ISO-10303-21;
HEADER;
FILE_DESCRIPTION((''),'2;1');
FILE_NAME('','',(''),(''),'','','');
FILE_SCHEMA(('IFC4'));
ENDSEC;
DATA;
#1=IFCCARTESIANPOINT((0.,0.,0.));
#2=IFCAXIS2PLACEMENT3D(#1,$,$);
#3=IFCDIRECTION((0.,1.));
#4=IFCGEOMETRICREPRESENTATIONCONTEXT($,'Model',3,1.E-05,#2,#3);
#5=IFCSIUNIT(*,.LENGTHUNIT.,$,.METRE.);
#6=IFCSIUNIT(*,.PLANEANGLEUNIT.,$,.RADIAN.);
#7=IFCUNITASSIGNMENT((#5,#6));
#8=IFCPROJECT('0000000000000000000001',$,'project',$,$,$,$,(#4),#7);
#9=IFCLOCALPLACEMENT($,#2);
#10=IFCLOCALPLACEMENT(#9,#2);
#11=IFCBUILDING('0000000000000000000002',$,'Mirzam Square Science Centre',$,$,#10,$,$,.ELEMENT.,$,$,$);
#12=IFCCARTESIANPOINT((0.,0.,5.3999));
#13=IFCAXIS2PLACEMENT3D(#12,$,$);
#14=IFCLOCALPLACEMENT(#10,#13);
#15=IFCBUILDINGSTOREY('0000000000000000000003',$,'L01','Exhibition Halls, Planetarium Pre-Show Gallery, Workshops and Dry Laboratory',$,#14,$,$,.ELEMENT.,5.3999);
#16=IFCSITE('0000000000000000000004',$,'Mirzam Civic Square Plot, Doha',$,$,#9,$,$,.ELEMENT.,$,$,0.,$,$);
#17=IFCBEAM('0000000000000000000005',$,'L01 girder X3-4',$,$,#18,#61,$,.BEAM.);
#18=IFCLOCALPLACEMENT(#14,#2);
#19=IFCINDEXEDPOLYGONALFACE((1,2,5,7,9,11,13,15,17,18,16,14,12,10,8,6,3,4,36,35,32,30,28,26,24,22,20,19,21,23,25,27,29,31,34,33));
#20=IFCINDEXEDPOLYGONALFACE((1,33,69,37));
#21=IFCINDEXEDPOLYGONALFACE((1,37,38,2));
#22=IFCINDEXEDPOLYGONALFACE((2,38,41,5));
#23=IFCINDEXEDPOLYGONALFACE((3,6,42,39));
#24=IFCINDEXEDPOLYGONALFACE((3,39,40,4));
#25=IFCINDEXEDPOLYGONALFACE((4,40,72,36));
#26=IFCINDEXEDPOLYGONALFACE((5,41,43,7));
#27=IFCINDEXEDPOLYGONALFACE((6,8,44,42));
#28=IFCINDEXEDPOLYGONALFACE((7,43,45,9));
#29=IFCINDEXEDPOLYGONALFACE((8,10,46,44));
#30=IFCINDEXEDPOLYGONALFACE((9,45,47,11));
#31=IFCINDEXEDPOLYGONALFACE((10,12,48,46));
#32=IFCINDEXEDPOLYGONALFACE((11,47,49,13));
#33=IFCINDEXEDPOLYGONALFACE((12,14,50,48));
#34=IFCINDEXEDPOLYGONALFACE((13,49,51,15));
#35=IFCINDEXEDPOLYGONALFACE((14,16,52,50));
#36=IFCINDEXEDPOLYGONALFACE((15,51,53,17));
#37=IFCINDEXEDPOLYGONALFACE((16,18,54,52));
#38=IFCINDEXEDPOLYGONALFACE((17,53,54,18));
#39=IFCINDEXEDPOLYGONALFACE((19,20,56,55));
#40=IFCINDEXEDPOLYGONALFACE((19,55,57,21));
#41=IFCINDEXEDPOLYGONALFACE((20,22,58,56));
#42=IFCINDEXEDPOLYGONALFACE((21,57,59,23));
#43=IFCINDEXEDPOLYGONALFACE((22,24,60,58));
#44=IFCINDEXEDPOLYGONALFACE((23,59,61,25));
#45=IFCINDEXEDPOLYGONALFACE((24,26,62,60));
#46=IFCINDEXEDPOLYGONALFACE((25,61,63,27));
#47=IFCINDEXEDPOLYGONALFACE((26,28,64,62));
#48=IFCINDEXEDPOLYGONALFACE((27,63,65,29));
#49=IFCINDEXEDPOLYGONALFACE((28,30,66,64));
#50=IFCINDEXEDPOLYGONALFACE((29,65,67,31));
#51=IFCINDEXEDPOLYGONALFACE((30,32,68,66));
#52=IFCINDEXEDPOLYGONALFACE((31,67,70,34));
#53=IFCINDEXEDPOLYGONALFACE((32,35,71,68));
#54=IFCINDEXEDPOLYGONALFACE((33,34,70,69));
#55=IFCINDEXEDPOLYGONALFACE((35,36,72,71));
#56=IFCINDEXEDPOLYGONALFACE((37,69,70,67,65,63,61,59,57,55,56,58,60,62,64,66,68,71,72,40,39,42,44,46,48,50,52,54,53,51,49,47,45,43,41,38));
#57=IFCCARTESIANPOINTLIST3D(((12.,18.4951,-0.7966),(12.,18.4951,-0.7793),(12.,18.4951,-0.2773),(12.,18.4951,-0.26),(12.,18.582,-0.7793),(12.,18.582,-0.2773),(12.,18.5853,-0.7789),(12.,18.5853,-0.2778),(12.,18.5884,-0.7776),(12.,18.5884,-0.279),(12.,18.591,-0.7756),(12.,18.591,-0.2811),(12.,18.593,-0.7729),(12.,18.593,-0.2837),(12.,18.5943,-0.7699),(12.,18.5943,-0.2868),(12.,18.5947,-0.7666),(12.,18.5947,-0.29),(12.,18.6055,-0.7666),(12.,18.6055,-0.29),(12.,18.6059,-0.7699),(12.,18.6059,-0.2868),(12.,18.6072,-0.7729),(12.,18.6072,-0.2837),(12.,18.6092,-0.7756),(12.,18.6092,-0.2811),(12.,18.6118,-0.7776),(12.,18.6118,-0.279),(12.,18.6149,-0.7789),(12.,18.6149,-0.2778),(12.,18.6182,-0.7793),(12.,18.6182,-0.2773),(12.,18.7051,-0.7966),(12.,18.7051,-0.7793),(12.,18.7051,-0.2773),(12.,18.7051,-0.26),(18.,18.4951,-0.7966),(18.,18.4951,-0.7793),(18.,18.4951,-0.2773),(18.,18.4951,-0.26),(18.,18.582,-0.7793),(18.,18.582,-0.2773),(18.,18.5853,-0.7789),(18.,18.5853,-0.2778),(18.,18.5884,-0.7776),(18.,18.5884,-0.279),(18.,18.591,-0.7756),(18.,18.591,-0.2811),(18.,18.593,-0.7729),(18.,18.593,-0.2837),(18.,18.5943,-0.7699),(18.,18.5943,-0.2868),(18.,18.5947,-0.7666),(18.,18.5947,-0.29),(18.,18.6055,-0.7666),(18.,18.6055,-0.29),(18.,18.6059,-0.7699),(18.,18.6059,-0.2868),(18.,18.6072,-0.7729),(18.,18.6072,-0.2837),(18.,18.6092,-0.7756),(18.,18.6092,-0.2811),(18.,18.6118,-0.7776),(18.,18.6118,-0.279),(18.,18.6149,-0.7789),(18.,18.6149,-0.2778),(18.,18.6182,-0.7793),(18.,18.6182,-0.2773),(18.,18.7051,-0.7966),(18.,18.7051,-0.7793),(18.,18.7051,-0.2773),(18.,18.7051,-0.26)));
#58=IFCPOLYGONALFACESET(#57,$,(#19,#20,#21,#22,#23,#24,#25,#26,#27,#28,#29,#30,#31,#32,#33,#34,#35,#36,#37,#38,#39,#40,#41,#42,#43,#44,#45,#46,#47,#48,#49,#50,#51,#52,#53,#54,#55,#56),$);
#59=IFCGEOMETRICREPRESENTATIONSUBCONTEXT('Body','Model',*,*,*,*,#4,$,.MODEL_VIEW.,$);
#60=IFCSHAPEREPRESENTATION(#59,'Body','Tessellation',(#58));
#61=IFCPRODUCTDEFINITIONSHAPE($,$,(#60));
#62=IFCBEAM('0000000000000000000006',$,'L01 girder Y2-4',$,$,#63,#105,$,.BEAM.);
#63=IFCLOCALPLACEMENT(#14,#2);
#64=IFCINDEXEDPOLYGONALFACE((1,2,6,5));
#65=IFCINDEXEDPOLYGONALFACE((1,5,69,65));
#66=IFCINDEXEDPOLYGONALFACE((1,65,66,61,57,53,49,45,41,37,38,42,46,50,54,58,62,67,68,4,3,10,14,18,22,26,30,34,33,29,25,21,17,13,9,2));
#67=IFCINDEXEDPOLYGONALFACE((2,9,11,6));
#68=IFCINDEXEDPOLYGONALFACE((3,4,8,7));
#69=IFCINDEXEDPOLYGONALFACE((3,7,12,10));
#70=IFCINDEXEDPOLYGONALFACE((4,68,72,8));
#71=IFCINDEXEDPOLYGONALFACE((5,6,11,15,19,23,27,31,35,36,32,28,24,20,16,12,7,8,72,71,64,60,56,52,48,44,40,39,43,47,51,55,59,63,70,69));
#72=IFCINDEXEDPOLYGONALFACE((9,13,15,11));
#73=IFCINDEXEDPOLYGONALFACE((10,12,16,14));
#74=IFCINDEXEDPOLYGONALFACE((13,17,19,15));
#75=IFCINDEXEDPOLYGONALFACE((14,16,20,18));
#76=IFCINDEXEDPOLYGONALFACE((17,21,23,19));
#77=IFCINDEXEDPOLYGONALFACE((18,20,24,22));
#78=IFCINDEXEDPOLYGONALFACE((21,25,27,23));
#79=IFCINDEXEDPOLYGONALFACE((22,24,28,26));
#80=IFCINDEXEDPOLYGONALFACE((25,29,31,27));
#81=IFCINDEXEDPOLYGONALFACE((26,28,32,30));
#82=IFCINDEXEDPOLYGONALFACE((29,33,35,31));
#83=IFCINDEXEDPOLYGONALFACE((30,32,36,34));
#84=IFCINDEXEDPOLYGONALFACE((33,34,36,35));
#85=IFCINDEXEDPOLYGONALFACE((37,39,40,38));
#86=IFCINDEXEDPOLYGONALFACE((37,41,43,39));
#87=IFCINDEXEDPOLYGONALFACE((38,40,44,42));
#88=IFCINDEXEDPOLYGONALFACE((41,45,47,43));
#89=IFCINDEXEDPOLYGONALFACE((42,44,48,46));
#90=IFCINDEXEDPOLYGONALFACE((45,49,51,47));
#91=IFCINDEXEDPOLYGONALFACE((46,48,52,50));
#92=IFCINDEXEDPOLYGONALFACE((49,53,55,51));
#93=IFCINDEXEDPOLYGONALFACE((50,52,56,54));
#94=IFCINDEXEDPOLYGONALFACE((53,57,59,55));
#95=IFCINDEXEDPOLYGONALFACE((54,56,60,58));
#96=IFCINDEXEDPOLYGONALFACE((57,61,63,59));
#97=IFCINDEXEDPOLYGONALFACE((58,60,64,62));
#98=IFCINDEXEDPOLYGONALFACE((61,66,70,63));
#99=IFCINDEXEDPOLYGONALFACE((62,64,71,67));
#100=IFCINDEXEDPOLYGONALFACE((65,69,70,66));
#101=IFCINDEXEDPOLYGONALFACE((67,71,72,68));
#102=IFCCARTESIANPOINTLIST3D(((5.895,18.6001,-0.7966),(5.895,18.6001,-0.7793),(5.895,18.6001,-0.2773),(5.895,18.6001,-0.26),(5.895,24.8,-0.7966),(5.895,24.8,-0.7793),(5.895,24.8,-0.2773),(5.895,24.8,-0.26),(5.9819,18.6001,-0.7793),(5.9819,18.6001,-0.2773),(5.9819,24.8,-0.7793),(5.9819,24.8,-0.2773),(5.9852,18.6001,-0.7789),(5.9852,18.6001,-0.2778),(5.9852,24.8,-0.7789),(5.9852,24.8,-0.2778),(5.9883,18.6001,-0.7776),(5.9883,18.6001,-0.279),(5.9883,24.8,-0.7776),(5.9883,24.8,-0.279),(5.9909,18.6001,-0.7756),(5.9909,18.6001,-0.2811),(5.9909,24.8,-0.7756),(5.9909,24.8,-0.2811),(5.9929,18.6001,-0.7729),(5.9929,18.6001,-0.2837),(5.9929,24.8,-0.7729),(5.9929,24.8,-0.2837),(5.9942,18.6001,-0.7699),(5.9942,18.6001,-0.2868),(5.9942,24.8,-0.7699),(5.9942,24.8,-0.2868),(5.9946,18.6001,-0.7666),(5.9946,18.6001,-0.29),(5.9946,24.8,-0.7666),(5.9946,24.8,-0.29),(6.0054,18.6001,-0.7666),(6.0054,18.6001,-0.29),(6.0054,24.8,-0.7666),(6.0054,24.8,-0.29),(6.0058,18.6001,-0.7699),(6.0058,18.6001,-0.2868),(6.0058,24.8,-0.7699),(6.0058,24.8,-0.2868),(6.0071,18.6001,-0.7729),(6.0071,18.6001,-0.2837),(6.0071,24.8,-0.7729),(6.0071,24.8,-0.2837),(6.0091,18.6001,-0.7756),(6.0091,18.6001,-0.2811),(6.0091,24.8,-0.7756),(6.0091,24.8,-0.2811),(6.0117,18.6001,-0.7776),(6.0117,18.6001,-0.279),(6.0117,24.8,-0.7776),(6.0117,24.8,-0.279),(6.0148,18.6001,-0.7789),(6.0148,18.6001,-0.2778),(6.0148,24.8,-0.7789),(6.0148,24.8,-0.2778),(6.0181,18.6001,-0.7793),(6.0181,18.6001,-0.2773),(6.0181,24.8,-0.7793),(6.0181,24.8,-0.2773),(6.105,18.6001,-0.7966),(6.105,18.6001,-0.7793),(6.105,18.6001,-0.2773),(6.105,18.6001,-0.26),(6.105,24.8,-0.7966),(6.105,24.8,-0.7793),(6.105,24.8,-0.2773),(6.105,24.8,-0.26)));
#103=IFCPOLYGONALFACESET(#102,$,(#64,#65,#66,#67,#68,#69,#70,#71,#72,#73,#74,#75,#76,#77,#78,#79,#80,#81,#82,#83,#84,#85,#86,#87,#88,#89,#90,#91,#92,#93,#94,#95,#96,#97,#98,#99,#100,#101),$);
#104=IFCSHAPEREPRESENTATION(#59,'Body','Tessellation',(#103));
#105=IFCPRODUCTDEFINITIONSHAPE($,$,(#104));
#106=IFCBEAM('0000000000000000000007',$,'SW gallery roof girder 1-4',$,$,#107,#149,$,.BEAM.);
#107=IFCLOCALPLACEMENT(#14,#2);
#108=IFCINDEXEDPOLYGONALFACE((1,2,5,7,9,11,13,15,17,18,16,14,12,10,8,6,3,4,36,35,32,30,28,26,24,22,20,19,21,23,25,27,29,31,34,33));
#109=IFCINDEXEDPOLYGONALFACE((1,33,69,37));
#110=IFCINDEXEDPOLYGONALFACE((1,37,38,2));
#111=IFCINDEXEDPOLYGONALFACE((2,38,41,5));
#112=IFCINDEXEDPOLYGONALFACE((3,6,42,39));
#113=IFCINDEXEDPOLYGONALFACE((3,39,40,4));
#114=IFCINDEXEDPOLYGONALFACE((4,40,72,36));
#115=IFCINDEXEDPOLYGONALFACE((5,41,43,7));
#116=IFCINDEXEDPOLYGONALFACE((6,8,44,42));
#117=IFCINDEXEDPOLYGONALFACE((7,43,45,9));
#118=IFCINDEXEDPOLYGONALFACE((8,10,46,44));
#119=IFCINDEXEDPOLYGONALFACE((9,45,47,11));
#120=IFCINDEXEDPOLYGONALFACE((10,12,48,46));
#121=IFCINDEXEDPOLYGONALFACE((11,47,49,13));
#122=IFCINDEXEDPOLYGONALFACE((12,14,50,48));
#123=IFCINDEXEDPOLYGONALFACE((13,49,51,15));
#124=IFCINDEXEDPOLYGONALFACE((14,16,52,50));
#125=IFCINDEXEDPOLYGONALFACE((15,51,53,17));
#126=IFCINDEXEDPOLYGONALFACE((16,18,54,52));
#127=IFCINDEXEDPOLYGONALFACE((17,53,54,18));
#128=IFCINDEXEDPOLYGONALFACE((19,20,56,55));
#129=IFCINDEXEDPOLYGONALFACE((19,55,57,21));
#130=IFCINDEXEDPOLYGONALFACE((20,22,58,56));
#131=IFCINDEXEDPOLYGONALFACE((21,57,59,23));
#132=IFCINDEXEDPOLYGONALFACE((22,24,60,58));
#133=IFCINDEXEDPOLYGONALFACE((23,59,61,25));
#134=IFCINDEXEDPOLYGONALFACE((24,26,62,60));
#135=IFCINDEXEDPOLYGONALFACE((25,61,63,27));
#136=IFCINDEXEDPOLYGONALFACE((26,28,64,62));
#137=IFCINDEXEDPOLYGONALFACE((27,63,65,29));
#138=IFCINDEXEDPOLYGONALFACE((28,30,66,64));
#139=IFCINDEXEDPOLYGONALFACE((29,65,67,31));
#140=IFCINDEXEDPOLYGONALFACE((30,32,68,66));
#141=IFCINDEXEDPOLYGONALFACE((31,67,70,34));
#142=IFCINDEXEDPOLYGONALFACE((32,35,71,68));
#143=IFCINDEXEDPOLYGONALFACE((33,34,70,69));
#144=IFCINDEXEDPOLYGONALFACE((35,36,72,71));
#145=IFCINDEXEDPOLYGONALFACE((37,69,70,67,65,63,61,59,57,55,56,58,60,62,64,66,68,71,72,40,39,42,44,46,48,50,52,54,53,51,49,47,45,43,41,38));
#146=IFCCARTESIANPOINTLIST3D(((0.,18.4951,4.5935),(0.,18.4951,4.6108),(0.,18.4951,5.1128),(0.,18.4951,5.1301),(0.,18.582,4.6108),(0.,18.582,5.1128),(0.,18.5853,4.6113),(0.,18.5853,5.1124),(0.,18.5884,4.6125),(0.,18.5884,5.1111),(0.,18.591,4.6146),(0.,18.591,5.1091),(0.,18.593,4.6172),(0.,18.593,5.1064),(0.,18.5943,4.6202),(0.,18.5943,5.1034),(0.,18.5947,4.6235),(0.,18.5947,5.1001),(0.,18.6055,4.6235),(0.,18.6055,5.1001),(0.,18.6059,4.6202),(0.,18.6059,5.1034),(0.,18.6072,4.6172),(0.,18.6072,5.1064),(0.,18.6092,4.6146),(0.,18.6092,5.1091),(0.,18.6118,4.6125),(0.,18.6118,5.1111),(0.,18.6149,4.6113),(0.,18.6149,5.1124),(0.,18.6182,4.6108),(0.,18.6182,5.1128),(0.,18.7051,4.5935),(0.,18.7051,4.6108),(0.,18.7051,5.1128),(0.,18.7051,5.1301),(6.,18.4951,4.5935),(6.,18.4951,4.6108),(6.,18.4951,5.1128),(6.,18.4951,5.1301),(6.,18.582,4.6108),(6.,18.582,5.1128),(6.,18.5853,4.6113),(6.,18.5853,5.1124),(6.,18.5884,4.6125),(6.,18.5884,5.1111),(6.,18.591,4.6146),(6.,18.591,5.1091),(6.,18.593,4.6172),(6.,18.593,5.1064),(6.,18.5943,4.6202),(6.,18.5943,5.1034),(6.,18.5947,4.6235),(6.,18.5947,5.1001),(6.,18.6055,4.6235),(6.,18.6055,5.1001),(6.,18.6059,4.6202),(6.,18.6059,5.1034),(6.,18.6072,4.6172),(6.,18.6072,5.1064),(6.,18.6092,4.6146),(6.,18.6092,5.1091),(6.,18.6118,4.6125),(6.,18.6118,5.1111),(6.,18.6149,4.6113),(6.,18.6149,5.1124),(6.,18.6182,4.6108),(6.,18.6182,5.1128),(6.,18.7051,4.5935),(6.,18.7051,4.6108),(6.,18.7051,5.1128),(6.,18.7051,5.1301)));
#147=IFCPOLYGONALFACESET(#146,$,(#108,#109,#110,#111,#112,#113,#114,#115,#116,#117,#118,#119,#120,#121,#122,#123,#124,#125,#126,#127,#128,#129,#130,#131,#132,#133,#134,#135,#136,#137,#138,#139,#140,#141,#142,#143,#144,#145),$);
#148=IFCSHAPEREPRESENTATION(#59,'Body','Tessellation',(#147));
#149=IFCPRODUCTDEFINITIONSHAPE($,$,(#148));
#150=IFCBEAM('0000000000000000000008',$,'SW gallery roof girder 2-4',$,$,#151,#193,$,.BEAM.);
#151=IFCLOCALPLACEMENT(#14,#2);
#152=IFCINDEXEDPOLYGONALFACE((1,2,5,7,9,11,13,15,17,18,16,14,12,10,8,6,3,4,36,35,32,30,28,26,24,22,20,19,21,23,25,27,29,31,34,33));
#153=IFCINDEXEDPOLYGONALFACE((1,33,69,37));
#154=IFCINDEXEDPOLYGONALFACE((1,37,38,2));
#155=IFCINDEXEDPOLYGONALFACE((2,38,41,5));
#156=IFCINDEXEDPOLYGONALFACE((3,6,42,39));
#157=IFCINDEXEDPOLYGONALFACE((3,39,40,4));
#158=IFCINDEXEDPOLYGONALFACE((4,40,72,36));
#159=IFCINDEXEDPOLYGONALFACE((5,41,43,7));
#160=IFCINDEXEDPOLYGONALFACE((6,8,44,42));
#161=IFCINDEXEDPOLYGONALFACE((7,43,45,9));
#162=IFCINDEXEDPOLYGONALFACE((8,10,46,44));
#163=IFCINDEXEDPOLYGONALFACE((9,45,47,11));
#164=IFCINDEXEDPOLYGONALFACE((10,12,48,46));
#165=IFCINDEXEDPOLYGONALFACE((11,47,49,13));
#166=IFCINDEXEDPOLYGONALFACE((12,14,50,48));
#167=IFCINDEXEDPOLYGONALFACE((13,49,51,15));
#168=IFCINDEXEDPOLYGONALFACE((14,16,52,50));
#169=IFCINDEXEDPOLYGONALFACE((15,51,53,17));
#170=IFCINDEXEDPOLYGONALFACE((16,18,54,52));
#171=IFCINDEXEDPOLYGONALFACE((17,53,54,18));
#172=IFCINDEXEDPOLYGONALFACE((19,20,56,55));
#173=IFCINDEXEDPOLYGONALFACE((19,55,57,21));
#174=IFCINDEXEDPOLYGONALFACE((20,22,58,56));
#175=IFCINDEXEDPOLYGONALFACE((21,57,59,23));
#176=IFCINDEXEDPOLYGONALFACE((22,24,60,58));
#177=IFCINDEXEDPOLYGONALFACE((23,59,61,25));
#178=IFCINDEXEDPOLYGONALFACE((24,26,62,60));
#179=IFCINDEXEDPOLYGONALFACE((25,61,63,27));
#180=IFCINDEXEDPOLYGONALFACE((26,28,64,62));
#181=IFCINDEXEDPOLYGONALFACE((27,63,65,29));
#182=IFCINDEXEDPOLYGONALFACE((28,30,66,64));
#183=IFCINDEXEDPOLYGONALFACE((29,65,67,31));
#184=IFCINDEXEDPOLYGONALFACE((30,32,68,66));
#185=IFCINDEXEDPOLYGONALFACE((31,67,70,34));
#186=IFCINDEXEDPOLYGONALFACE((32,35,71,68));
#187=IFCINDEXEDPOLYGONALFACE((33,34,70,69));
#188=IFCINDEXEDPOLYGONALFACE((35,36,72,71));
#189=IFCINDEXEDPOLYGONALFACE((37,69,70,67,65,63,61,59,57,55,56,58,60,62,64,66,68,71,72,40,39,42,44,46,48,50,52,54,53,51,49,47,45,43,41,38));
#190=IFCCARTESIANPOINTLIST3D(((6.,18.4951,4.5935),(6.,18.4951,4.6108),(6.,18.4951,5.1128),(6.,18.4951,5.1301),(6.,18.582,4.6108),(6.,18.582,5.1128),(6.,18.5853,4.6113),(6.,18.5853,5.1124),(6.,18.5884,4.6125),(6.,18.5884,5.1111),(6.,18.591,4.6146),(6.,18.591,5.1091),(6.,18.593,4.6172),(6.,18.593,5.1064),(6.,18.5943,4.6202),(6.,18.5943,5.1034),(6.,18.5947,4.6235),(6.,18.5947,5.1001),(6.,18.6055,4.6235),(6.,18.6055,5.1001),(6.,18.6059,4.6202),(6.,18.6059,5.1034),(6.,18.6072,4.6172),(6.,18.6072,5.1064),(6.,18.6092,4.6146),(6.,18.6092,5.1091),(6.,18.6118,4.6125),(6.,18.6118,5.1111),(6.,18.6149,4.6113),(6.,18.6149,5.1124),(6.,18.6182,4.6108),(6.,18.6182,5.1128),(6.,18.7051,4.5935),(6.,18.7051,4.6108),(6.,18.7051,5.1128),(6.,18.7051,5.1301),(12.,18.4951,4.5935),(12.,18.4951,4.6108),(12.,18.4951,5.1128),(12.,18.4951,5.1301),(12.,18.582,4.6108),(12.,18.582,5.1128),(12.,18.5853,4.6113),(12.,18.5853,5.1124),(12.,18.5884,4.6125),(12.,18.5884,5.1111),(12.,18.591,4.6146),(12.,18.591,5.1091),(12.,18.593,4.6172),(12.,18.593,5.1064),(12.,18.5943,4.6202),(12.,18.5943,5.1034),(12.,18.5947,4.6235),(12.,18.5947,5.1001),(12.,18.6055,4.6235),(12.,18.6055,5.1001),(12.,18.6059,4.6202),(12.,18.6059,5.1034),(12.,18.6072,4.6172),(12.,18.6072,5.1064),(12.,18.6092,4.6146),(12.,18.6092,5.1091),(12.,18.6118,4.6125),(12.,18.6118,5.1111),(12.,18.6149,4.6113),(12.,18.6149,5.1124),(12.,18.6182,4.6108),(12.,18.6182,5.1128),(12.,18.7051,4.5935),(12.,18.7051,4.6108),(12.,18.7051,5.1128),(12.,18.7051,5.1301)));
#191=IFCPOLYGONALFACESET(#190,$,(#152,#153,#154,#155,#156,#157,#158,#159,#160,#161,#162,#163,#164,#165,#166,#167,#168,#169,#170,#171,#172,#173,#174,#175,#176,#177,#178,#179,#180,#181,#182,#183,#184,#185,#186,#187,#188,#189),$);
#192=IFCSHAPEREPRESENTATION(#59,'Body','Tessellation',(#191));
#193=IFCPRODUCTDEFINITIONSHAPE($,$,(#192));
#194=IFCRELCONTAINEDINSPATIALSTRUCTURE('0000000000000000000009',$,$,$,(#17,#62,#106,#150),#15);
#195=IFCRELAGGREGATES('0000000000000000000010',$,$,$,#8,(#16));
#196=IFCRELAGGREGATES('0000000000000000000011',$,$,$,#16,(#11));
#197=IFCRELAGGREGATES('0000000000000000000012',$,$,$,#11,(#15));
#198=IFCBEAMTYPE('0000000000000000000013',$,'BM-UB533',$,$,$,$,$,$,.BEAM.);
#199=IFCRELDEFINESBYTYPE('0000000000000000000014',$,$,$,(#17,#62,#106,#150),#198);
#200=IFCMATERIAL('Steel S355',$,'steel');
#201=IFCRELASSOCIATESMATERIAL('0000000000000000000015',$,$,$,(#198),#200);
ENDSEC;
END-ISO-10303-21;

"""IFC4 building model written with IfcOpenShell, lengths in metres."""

from ifc_helpers import new_model, si_unit, direction, frame, origin, origin_2d, place, context, subcontext, project, spatial, i_section, extrude, material, material_profile, profile_set, type_object, element, save


model = new_model("IFC4")

# Units and contexts
model_context = context("Model", 3, precision=1e-05, world=origin(), true_north=direction((0.0, 1.0)))
body_context = subcontext(model_context, "Body", "Model", "MODEL_VIEW")
ifc_project = project(units=[si_unit("LENGTHUNIT", "METRE"), si_unit("PLANEANGLEUNIT", "RADIAN")], contexts=[model_context])

# Site, building, storey
site_placement = place(None, origin())
site = spatial("IfcSite", under=ifc_project, at=site_placement, Name="Mirzam Civic Square Plot, Doha", CompositionType="ELEMENT", RefElevation=0.0)
building_placement = place(site_placement, origin())
building = spatial("IfcBuilding", under=site, at=building_placement, Name="Mirzam Square Science Centre", CompositionType="ELEMENT")
storey_placement = place(building_placement, frame((0.0, 0.0, 5.3999)))
storey = spatial("IfcBuildingStorey", under=building, at=storey_placement, Name="L01", Description="Exhibition Halls, Planetarium Pre-Show Gallery, Workshops and Dry Laboratory", CompositionType="ELEMENT", Elevation=5.3999)

# Shared definitions
ifc_material_1 = material(Name="Steel S355", Category="steel")

# Beams
ifc_material_profile_1 = material_profile(ifc_material_1, i_section(OverallWidth=0.21, OverallDepth=0.5366, WebThickness=0.0107, FlangeThickness=0.0173, FilletRadius=0.0127, at=origin_2d()), Name="533x210x101UB")
ifc_profile_set_1 = profile_set([ifc_material_profile_1], Name="Steel S355")
beam_type_1 = type_object("IfcBeamType", Name="BM-UB533", PredefinedType="BEAM", material=ifc_profile_set_1)
beam_1_placement = place(storey_placement, frame((12.0, 18.6001, -0.5283), z_axis=(1.0, 0.0, 0.0), x_axis=(0.0, 1.0, 0.0)))
element("IfcBeam", 1, at=beam_1_placement, inside=storey, type_object=beam_type_1, Name="L01 girder X3-4", PredefinedType="BEAM", context=body_context, shape_type="SweptSolid", body=[
    extrude(i_section(OverallWidth=0.21, OverallDepth=0.5366, WebThickness=0.0107, FlangeThickness=0.0173, FilletRadius=0.0127, at=origin_2d()), origin(), (0.0, 0.0, 1.0), 6.0),
])
beam_2_placement = place(storey_placement, frame((6.0, 18.6001, -0.5283), z_axis=(0.0, 1.0, 0.0), x_axis=(-1.0, 0.0, 0.0)))
element("IfcBeam", 2, at=beam_2_placement, inside=storey, type_object=beam_type_1, Name="L01 girder Y2-4", PredefinedType="BEAM", context=body_context, shape_type="SweptSolid", body=[
    extrude(i_section(OverallWidth=0.21, OverallDepth=0.5366, WebThickness=0.0107, FlangeThickness=0.0173, FilletRadius=0.0127, at=origin_2d()), origin(), (0.0, 0.0, 1.0), 6.2),
])
for number, where, z_axis, x_axis, name in (
    (3, (0.0, 18.6001, 4.8618), (1.0, 0.0, 0.0), (0.0, 1.0, 0.0), "SW gallery roof girder 1-4"),
    (4, (6.0, 18.6001, 4.8618), (1.0, 0.0, 0.0), (0.0, 1.0, 0.0), "SW gallery roof girder 2-4"),
):
    element("IfcBeam", number, at=place(storey_placement, frame(where, z_axis=z_axis, x_axis=x_axis)), inside=storey, type_object=beam_type_1, Name=name, PredefinedType="BEAM", context=body_context, shape_type="SweptSolid", body=[
        extrude(i_section(OverallWidth=0.21, OverallDepth=0.5366, WebThickness=0.0107, FlangeThickness=0.0173, FilletRadius=0.0127, at=origin_2d()), origin(), (0.0, 0.0, 1.0), 6.0),
    ])

save(model, "model.ifc")
